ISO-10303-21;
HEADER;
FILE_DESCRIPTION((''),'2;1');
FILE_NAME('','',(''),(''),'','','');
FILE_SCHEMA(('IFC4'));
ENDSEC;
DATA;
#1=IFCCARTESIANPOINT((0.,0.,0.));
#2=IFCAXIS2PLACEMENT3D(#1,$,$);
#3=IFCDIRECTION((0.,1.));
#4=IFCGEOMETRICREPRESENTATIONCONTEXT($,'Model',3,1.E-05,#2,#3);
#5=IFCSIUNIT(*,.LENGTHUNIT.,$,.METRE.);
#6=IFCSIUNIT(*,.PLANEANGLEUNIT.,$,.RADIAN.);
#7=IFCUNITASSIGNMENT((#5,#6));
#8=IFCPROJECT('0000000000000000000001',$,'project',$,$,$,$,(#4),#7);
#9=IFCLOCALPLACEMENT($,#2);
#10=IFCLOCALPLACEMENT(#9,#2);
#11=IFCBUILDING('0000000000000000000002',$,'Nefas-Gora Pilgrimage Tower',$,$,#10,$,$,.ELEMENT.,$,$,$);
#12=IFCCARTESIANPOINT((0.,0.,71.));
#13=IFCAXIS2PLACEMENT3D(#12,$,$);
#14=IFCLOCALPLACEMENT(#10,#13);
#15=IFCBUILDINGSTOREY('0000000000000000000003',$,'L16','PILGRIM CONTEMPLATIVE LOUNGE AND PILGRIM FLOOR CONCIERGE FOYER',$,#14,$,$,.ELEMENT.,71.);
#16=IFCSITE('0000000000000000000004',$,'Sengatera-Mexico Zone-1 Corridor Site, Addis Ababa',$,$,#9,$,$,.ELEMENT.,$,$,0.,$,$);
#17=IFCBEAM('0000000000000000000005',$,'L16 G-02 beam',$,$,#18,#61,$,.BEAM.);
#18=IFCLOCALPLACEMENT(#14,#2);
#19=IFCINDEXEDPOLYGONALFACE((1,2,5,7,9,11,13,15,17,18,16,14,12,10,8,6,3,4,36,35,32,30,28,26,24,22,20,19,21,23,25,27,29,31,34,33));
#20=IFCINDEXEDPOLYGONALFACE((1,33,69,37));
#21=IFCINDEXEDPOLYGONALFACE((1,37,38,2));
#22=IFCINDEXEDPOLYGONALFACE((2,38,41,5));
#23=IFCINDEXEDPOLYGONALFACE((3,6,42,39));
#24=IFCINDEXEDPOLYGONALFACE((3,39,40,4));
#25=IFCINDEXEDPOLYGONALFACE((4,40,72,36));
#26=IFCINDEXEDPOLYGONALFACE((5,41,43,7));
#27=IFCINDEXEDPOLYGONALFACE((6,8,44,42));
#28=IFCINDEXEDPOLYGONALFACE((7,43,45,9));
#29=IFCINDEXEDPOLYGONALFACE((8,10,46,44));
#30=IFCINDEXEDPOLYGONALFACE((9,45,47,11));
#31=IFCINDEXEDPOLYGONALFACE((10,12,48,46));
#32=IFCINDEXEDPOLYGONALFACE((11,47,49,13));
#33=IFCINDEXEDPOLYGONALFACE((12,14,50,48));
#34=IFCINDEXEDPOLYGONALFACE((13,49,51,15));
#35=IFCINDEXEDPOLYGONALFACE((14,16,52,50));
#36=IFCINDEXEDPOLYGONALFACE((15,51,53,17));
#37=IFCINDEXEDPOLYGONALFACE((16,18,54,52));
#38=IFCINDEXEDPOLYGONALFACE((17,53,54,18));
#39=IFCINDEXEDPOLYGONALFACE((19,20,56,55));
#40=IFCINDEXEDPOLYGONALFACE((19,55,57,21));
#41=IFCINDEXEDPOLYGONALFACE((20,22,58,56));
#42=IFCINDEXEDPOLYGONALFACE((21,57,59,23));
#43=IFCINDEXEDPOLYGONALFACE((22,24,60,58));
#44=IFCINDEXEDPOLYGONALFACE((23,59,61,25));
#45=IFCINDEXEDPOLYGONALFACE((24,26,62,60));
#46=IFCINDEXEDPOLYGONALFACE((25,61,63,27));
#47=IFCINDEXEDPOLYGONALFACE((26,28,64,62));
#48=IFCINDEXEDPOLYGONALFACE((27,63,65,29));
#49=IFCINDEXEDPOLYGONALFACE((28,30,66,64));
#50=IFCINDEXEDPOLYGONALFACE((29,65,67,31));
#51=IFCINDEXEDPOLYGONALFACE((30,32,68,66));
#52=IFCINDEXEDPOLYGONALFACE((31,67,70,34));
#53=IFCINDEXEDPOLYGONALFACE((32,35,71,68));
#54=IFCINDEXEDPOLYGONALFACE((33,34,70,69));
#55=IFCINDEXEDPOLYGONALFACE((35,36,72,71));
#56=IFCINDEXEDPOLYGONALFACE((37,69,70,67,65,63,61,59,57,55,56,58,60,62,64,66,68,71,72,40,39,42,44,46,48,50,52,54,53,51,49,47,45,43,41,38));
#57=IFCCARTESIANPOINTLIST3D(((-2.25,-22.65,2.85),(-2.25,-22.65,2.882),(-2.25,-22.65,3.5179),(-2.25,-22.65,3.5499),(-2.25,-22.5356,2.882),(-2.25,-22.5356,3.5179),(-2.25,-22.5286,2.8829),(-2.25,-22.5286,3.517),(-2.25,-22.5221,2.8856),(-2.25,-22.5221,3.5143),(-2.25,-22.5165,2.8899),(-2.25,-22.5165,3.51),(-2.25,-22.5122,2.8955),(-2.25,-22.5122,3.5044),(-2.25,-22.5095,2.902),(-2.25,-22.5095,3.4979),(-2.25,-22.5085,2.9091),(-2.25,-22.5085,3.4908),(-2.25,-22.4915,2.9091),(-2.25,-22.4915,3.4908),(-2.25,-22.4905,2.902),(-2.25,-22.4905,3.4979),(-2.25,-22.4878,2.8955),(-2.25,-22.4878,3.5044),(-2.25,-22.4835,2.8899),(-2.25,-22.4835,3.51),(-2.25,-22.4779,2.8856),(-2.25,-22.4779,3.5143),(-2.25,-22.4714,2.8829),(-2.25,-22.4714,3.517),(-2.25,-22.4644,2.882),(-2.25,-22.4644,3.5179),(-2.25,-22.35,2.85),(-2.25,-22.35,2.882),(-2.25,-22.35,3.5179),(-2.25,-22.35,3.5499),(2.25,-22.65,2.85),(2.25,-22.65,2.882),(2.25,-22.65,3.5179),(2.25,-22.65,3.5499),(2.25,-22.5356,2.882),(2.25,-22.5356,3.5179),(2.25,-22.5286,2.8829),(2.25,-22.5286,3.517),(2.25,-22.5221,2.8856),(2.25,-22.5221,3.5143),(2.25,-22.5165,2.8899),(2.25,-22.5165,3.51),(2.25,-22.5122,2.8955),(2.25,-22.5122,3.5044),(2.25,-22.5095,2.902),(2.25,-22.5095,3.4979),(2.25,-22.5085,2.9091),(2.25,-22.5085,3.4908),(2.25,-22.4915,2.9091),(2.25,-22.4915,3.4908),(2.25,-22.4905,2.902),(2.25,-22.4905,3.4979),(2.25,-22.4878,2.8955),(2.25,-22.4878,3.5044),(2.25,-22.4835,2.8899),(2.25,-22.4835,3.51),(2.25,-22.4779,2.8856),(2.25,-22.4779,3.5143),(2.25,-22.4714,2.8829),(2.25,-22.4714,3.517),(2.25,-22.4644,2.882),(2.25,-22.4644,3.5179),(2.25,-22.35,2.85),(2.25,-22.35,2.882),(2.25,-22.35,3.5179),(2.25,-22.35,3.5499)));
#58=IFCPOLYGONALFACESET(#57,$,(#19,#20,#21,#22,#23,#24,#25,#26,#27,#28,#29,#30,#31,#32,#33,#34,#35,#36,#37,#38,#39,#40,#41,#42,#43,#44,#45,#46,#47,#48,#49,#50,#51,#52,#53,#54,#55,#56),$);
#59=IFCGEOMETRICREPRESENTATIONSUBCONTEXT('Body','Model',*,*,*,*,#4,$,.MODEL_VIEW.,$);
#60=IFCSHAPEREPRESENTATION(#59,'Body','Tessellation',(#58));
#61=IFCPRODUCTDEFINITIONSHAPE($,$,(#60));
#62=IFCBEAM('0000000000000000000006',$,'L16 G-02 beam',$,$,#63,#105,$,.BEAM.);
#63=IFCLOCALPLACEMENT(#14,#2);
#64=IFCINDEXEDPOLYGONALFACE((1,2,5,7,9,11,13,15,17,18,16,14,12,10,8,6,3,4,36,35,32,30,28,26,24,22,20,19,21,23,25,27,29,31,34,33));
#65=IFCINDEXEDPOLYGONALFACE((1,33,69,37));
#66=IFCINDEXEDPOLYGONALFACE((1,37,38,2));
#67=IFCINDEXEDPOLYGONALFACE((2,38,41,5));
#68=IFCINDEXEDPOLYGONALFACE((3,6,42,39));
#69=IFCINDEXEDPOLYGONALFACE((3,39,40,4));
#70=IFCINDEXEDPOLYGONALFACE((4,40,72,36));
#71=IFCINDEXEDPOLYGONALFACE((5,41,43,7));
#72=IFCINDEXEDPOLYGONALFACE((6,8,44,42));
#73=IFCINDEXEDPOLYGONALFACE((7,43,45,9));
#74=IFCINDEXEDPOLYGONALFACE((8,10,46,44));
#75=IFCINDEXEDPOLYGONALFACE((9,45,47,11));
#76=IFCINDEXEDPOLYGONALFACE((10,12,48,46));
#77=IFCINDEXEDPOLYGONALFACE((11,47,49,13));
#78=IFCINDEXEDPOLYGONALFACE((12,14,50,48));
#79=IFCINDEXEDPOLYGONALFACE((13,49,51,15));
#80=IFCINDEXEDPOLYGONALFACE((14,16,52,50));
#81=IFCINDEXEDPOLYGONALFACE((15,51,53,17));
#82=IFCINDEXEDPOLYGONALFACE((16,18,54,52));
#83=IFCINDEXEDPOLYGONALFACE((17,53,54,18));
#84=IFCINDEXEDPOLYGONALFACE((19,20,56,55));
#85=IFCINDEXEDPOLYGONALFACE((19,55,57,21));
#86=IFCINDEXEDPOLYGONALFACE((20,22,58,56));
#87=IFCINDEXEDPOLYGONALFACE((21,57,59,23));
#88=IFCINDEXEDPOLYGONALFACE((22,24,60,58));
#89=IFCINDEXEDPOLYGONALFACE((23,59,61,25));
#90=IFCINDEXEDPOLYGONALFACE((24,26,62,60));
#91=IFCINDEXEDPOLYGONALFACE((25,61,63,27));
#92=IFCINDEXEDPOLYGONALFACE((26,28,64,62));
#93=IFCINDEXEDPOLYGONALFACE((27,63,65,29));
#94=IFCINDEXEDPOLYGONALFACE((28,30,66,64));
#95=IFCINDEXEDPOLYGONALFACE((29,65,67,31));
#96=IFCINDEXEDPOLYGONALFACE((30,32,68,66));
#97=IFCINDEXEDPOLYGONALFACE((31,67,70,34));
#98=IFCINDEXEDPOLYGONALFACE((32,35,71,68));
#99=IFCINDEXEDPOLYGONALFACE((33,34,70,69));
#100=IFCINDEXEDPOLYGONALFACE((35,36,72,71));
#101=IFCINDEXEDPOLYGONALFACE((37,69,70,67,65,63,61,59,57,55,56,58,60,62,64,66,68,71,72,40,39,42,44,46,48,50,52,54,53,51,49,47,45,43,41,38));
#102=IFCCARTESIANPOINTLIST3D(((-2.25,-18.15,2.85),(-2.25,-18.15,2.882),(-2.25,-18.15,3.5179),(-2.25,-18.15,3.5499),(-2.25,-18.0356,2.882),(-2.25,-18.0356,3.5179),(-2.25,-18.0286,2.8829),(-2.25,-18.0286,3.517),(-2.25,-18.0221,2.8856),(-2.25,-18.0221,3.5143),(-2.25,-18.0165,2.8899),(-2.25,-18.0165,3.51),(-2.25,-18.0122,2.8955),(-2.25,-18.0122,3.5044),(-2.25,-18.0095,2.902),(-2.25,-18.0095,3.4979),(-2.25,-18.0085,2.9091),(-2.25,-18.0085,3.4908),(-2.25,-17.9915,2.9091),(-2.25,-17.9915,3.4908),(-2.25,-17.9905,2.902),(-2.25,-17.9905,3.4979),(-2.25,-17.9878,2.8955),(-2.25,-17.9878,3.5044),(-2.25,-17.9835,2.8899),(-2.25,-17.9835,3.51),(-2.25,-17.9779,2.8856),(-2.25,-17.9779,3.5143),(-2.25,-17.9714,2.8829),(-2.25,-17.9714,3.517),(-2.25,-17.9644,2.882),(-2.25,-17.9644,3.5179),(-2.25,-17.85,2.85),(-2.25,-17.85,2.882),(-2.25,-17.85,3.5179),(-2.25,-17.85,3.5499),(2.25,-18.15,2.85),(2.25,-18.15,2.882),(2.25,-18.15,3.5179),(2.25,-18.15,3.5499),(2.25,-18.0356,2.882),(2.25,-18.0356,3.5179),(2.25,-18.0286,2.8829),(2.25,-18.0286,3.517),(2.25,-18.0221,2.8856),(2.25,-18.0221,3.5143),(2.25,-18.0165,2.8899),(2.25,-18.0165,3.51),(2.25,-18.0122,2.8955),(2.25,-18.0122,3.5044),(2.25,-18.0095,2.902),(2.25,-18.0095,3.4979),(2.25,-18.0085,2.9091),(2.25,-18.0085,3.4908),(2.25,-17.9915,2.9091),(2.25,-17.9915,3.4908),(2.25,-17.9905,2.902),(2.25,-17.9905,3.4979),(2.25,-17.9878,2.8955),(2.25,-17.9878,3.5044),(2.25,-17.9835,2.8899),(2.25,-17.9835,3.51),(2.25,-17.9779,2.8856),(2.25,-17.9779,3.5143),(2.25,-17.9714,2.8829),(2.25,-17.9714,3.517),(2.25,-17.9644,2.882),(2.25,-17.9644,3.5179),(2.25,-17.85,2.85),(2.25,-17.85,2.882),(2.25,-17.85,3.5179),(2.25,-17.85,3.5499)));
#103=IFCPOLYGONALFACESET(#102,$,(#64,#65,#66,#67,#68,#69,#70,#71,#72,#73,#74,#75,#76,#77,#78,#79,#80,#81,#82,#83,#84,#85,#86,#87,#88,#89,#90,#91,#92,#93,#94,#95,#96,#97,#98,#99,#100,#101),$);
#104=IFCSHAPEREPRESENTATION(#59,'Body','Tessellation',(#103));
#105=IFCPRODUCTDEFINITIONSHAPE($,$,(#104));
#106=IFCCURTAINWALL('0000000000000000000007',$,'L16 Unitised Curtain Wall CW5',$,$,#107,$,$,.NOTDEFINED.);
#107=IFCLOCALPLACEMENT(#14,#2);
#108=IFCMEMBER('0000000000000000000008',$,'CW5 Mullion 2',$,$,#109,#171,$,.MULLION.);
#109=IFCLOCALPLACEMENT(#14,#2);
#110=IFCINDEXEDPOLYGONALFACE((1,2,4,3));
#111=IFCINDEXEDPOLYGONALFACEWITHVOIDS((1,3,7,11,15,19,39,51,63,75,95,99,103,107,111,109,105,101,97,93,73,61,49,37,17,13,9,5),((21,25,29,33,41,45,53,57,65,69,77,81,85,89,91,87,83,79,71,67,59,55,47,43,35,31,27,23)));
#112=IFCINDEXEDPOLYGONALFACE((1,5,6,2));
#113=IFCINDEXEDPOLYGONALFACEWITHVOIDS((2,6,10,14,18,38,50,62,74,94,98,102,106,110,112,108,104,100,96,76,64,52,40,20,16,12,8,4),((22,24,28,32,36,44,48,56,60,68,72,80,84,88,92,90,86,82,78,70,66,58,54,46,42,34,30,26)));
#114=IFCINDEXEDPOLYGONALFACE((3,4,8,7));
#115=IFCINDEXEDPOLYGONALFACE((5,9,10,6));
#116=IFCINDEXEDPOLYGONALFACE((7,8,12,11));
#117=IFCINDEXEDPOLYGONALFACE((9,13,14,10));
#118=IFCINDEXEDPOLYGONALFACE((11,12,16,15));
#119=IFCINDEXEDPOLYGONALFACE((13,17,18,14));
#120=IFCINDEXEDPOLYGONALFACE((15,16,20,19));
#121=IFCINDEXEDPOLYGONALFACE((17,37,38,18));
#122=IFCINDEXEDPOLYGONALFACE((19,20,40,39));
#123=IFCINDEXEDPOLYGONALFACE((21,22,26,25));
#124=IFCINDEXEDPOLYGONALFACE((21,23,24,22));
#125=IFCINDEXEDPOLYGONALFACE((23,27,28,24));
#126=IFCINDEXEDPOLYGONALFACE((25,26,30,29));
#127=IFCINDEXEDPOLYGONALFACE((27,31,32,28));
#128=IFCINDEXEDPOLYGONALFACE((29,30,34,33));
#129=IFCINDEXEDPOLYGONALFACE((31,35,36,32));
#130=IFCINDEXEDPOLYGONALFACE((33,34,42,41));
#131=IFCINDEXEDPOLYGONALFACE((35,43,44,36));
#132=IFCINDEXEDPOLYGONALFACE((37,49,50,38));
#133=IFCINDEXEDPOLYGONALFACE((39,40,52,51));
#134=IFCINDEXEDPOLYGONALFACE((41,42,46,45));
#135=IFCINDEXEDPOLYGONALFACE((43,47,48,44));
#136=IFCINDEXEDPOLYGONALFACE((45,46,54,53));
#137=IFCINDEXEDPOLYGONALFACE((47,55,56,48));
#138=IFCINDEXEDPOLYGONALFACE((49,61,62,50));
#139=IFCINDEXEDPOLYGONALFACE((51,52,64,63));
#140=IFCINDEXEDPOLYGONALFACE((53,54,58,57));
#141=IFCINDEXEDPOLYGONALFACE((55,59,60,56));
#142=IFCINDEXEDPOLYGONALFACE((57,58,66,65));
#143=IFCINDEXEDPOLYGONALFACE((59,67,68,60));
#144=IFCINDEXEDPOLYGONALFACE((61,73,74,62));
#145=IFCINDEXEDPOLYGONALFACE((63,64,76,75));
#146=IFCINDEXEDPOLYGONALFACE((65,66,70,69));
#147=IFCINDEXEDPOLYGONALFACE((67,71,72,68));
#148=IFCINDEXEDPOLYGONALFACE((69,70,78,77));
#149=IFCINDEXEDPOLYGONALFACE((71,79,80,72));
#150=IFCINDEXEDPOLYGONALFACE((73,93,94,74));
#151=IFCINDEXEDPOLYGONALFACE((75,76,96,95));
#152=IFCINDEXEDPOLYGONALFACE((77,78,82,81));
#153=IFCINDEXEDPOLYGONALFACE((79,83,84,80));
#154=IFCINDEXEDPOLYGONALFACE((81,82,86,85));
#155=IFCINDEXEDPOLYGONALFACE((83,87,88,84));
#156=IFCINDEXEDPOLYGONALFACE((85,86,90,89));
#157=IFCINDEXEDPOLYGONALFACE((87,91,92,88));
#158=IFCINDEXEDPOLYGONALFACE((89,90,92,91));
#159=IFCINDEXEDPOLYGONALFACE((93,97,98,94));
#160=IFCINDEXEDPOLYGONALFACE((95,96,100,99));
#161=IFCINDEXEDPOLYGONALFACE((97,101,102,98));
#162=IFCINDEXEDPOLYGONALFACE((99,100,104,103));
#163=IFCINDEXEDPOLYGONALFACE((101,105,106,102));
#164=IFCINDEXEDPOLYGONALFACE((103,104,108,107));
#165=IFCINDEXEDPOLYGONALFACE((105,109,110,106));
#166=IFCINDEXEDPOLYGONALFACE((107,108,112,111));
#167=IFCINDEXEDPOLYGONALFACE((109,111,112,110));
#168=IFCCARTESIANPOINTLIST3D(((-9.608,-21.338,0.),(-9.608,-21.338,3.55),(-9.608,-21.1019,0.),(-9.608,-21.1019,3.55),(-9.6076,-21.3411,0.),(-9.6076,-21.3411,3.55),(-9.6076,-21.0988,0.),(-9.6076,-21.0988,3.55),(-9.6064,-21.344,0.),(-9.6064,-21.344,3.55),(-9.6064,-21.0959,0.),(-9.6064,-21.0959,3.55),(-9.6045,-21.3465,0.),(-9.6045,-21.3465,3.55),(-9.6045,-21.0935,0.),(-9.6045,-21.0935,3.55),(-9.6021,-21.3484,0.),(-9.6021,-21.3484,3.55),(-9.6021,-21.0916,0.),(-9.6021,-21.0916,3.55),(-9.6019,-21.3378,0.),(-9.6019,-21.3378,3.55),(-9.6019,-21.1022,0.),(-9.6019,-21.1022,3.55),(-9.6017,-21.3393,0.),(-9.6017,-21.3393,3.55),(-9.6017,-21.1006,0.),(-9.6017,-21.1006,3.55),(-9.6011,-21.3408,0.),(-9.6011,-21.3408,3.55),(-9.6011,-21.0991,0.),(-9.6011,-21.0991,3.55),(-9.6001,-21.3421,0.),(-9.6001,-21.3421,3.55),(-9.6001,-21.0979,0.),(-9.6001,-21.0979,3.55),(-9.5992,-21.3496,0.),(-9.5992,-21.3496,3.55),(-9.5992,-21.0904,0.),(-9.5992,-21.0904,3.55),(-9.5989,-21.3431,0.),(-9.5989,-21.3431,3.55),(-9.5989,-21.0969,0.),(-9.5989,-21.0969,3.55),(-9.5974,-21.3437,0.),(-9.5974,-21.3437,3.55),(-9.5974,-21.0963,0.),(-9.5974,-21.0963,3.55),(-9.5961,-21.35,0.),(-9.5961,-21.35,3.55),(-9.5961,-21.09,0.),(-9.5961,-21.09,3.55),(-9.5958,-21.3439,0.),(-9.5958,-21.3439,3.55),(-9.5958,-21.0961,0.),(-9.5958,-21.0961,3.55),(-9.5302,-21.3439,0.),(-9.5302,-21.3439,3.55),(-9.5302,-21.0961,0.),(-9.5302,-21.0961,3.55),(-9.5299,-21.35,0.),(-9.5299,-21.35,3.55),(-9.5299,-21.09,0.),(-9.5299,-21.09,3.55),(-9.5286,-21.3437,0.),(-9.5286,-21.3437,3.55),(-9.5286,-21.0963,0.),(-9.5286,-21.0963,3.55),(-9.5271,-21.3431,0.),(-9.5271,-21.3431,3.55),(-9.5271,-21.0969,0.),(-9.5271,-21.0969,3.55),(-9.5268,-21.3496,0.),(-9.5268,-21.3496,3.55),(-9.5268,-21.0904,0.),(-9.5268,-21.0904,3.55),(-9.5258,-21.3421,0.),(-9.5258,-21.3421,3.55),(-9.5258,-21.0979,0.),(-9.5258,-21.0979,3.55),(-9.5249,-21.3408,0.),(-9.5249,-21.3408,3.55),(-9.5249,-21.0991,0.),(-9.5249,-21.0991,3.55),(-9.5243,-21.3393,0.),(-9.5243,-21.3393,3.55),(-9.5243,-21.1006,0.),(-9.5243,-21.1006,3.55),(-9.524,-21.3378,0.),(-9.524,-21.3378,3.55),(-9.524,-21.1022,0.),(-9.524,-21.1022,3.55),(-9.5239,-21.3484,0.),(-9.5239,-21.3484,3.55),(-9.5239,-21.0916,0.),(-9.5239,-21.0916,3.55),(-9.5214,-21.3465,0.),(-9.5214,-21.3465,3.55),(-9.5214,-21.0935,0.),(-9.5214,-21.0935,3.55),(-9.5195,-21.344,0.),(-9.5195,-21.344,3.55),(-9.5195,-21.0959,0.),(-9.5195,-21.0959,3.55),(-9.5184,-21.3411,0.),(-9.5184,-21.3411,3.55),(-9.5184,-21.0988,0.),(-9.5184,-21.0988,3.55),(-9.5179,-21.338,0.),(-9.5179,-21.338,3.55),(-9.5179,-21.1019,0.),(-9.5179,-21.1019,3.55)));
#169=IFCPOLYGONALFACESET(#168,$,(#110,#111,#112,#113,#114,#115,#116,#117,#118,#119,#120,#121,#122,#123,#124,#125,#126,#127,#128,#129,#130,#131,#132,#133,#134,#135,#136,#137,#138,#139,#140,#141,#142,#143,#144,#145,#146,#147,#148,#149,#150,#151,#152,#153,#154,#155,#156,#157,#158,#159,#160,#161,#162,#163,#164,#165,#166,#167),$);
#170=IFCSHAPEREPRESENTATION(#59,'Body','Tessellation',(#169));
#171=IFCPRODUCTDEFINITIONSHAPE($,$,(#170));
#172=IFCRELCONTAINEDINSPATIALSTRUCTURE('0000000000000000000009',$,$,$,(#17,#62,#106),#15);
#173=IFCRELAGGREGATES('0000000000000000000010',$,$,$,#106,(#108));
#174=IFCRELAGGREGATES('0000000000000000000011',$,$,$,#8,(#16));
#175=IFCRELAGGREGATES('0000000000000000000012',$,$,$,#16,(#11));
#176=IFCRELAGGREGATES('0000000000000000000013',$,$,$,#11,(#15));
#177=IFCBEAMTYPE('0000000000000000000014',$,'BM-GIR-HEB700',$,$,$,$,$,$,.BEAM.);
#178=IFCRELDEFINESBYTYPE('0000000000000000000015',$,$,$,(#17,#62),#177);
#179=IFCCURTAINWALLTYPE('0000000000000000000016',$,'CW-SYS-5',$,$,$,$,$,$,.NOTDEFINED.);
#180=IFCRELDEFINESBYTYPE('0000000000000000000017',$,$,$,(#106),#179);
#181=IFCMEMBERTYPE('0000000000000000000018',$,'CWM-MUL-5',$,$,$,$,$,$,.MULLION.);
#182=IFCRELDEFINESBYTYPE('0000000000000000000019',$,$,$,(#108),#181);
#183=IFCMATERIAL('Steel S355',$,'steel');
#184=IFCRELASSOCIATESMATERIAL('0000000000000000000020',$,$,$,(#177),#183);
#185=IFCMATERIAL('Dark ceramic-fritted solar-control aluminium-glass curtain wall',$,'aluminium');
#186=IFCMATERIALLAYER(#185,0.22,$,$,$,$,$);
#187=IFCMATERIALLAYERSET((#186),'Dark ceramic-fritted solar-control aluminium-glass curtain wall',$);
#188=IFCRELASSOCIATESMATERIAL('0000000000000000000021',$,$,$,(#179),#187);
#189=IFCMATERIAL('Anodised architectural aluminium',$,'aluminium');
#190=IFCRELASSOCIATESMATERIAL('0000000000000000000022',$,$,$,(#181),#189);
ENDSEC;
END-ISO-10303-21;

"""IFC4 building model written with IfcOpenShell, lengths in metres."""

from ifc_helpers import new_model, si_unit, direction, frame, origin, origin_2d, place, context, subcontext, project, spatial, hollow_rectangle, i_section, extrude, source, transform, mapped, material, layer, layer_set, material_profile, profile_set, type_object, element, aggregate, save


model = new_model("IFC4")

# Units and contexts
model_context = context("Model", 3, precision=1e-05, world=origin(), true_north=direction((0.0, 1.0)))
body_context = subcontext(model_context, "Body", "Model", "MODEL_VIEW")
ifc_project = project(units=[si_unit("LENGTHUNIT", "METRE"), si_unit("PLANEANGLEUNIT", "RADIAN")], contexts=[model_context])

# Site, building, storey
site_placement = place(None, origin())
site = spatial("IfcSite", under=ifc_project, at=site_placement, Name="Sengatera-Mexico Zone-1 Corridor Site, Addis Ababa", CompositionType="ELEMENT", RefElevation=0.0)
building_placement = place(site_placement, origin())
building = spatial("IfcBuilding", under=site, at=building_placement, Name="Nefas-Gora Pilgrimage Tower", CompositionType="ELEMENT")
storey_placement = place(building_placement, frame((0.0, 0.0, 71.0)))
storey = spatial("IfcBuildingStorey", under=building, at=storey_placement, Name="L16", Description="PILGRIM CONTEMPLATIVE LOUNGE AND PILGRIM FLOOR CONCIERGE FOYER", CompositionType="ELEMENT", Elevation=71.0)

# Beams
ifc_material_1 = material(Name="Steel S355", Category="steel")
ifc_material_profile_1 = material_profile(ifc_material_1, i_section(OverallWidth=0.3, OverallDepth=0.7, WebThickness=0.0171, FlangeThickness=0.032, FilletRadius=0.0271, at=origin_2d()), Name="HEB 700")
ifc_profile_set_1 = profile_set([ifc_material_profile_1], Name="Steel S355")
beam_type = type_object("IfcBeamType", Name="BM-GIR-HEB700", PredefinedType="BEAM", material=ifc_profile_set_1)
shared_shape_1 = source(origin(), body_context, "Body", "SweptSolid", [
    extrude(i_section(OverallWidth=0.3, OverallDepth=0.7, WebThickness=0.0171, FlangeThickness=0.032, FilletRadius=0.0271, at=origin_2d()), origin(), (0.0, 0.0, 1.0), 4.5),
])
for number, where, z_axis, x_axis, name in (
    (1, (-2.25, -22.5, 3.2), (1.0, 0.0, 0.0), (0.0, 1.0, 0.0), "L16 G-02 beam"),
    (2, (-2.25, -18.0, 3.2), (1.0, 0.0, 0.0), (0.0, 1.0, 0.0), "L16 G-02 beam"),
):
    element("IfcBeam", number, at=place(storey_placement, frame(where, z_axis=z_axis, x_axis=x_axis)), inside=storey, type_object=beam_type, Name=name, PredefinedType="BEAM", context=body_context, shape_type="MappedRepresentation", body=[
        mapped(shared_shape_1, transform((0.0, 0.0, 0.0), x_axis=(1.0, 0.0, 0.0), y_axis=(0.0, 1.0, 0.0), z_axis=(0.0, 0.0, 1.0), scale=1.0)),
    ])

# Curtain wall, member
ifc_material_2 = material(Name="Dark ceramic-fritted solar-control aluminium-glass curtain wall", Category="aluminium")
ifc_layer_1 = layer(ifc_material_2, 0.22)
ifc_layer_set_1 = layer_set([ifc_layer_1], Name="Dark ceramic-fritted solar-control aluminium-glass curtain wall")
curtain_wall_type = type_object("IfcCurtainWallType", Name="CW-SYS-5", PredefinedType="NOTDEFINED", material=ifc_layer_set_1)
curtain_wall_1_placement = place(storey_placement, origin())
curtain_wall_1 = element("IfcCurtainWall", 3, at=curtain_wall_1_placement, inside=storey, type_object=curtain_wall_type, Name="L16 Unitised Curtain Wall CW5", PredefinedType="NOTDEFINED")
ifc_material_3 = material(Name="Anodised architectural aluminium", Category="aluminium")
ifc_material_profile_2 = material_profile(ifc_material_3, hollow_rectangle(XDim=0.0901, YDim=0.26, WallThickness=0.0061, InnerFilletRadius=0.0061, OuterFilletRadius=0.012, at=origin_2d()), Name="ALU MULLION 90x260")
ifc_profile_set_2 = profile_set([ifc_material_profile_2], Name="Anodised architectural aluminium")
member_type_1 = type_object("IfcMemberType", Name="CWM-MUL-5", PredefinedType="MULLION", material=ifc_profile_set_2)
shared_shape_2 = source(origin(), body_context, "Body", "SweptSolid", [
    extrude(hollow_rectangle(XDim=0.0901, YDim=0.26, WallThickness=0.0061, InnerFilletRadius=0.0061, OuterFilletRadius=0.012, at=origin_2d()), origin(), (0.0, 0.0, 1.0), 3.55),
])
member_1_placement = place(storey_placement, frame((-9.563, -21.22, 0.0), z_axis=(0.0, 0.0, 1.0), x_axis=(1.0, 0.0, 0.0)))
member_1 = element("IfcMember", 4, at=member_1_placement, type_object=member_type_1, Name="CW5 Mullion 2", PredefinedType="MULLION", context=body_context, shape_type="MappedRepresentation", body=[
    mapped(shared_shape_2, transform((0.0, 0.0, 0.0), x_axis=(1.0, 0.0, 0.0), y_axis=(0.0, 1.0, 0.0), z_axis=(0.0, 0.0, 1.0), scale=1.0)),
])
aggregate(curtain_wall_1, [member_1])

save(model, "model.ifc")
